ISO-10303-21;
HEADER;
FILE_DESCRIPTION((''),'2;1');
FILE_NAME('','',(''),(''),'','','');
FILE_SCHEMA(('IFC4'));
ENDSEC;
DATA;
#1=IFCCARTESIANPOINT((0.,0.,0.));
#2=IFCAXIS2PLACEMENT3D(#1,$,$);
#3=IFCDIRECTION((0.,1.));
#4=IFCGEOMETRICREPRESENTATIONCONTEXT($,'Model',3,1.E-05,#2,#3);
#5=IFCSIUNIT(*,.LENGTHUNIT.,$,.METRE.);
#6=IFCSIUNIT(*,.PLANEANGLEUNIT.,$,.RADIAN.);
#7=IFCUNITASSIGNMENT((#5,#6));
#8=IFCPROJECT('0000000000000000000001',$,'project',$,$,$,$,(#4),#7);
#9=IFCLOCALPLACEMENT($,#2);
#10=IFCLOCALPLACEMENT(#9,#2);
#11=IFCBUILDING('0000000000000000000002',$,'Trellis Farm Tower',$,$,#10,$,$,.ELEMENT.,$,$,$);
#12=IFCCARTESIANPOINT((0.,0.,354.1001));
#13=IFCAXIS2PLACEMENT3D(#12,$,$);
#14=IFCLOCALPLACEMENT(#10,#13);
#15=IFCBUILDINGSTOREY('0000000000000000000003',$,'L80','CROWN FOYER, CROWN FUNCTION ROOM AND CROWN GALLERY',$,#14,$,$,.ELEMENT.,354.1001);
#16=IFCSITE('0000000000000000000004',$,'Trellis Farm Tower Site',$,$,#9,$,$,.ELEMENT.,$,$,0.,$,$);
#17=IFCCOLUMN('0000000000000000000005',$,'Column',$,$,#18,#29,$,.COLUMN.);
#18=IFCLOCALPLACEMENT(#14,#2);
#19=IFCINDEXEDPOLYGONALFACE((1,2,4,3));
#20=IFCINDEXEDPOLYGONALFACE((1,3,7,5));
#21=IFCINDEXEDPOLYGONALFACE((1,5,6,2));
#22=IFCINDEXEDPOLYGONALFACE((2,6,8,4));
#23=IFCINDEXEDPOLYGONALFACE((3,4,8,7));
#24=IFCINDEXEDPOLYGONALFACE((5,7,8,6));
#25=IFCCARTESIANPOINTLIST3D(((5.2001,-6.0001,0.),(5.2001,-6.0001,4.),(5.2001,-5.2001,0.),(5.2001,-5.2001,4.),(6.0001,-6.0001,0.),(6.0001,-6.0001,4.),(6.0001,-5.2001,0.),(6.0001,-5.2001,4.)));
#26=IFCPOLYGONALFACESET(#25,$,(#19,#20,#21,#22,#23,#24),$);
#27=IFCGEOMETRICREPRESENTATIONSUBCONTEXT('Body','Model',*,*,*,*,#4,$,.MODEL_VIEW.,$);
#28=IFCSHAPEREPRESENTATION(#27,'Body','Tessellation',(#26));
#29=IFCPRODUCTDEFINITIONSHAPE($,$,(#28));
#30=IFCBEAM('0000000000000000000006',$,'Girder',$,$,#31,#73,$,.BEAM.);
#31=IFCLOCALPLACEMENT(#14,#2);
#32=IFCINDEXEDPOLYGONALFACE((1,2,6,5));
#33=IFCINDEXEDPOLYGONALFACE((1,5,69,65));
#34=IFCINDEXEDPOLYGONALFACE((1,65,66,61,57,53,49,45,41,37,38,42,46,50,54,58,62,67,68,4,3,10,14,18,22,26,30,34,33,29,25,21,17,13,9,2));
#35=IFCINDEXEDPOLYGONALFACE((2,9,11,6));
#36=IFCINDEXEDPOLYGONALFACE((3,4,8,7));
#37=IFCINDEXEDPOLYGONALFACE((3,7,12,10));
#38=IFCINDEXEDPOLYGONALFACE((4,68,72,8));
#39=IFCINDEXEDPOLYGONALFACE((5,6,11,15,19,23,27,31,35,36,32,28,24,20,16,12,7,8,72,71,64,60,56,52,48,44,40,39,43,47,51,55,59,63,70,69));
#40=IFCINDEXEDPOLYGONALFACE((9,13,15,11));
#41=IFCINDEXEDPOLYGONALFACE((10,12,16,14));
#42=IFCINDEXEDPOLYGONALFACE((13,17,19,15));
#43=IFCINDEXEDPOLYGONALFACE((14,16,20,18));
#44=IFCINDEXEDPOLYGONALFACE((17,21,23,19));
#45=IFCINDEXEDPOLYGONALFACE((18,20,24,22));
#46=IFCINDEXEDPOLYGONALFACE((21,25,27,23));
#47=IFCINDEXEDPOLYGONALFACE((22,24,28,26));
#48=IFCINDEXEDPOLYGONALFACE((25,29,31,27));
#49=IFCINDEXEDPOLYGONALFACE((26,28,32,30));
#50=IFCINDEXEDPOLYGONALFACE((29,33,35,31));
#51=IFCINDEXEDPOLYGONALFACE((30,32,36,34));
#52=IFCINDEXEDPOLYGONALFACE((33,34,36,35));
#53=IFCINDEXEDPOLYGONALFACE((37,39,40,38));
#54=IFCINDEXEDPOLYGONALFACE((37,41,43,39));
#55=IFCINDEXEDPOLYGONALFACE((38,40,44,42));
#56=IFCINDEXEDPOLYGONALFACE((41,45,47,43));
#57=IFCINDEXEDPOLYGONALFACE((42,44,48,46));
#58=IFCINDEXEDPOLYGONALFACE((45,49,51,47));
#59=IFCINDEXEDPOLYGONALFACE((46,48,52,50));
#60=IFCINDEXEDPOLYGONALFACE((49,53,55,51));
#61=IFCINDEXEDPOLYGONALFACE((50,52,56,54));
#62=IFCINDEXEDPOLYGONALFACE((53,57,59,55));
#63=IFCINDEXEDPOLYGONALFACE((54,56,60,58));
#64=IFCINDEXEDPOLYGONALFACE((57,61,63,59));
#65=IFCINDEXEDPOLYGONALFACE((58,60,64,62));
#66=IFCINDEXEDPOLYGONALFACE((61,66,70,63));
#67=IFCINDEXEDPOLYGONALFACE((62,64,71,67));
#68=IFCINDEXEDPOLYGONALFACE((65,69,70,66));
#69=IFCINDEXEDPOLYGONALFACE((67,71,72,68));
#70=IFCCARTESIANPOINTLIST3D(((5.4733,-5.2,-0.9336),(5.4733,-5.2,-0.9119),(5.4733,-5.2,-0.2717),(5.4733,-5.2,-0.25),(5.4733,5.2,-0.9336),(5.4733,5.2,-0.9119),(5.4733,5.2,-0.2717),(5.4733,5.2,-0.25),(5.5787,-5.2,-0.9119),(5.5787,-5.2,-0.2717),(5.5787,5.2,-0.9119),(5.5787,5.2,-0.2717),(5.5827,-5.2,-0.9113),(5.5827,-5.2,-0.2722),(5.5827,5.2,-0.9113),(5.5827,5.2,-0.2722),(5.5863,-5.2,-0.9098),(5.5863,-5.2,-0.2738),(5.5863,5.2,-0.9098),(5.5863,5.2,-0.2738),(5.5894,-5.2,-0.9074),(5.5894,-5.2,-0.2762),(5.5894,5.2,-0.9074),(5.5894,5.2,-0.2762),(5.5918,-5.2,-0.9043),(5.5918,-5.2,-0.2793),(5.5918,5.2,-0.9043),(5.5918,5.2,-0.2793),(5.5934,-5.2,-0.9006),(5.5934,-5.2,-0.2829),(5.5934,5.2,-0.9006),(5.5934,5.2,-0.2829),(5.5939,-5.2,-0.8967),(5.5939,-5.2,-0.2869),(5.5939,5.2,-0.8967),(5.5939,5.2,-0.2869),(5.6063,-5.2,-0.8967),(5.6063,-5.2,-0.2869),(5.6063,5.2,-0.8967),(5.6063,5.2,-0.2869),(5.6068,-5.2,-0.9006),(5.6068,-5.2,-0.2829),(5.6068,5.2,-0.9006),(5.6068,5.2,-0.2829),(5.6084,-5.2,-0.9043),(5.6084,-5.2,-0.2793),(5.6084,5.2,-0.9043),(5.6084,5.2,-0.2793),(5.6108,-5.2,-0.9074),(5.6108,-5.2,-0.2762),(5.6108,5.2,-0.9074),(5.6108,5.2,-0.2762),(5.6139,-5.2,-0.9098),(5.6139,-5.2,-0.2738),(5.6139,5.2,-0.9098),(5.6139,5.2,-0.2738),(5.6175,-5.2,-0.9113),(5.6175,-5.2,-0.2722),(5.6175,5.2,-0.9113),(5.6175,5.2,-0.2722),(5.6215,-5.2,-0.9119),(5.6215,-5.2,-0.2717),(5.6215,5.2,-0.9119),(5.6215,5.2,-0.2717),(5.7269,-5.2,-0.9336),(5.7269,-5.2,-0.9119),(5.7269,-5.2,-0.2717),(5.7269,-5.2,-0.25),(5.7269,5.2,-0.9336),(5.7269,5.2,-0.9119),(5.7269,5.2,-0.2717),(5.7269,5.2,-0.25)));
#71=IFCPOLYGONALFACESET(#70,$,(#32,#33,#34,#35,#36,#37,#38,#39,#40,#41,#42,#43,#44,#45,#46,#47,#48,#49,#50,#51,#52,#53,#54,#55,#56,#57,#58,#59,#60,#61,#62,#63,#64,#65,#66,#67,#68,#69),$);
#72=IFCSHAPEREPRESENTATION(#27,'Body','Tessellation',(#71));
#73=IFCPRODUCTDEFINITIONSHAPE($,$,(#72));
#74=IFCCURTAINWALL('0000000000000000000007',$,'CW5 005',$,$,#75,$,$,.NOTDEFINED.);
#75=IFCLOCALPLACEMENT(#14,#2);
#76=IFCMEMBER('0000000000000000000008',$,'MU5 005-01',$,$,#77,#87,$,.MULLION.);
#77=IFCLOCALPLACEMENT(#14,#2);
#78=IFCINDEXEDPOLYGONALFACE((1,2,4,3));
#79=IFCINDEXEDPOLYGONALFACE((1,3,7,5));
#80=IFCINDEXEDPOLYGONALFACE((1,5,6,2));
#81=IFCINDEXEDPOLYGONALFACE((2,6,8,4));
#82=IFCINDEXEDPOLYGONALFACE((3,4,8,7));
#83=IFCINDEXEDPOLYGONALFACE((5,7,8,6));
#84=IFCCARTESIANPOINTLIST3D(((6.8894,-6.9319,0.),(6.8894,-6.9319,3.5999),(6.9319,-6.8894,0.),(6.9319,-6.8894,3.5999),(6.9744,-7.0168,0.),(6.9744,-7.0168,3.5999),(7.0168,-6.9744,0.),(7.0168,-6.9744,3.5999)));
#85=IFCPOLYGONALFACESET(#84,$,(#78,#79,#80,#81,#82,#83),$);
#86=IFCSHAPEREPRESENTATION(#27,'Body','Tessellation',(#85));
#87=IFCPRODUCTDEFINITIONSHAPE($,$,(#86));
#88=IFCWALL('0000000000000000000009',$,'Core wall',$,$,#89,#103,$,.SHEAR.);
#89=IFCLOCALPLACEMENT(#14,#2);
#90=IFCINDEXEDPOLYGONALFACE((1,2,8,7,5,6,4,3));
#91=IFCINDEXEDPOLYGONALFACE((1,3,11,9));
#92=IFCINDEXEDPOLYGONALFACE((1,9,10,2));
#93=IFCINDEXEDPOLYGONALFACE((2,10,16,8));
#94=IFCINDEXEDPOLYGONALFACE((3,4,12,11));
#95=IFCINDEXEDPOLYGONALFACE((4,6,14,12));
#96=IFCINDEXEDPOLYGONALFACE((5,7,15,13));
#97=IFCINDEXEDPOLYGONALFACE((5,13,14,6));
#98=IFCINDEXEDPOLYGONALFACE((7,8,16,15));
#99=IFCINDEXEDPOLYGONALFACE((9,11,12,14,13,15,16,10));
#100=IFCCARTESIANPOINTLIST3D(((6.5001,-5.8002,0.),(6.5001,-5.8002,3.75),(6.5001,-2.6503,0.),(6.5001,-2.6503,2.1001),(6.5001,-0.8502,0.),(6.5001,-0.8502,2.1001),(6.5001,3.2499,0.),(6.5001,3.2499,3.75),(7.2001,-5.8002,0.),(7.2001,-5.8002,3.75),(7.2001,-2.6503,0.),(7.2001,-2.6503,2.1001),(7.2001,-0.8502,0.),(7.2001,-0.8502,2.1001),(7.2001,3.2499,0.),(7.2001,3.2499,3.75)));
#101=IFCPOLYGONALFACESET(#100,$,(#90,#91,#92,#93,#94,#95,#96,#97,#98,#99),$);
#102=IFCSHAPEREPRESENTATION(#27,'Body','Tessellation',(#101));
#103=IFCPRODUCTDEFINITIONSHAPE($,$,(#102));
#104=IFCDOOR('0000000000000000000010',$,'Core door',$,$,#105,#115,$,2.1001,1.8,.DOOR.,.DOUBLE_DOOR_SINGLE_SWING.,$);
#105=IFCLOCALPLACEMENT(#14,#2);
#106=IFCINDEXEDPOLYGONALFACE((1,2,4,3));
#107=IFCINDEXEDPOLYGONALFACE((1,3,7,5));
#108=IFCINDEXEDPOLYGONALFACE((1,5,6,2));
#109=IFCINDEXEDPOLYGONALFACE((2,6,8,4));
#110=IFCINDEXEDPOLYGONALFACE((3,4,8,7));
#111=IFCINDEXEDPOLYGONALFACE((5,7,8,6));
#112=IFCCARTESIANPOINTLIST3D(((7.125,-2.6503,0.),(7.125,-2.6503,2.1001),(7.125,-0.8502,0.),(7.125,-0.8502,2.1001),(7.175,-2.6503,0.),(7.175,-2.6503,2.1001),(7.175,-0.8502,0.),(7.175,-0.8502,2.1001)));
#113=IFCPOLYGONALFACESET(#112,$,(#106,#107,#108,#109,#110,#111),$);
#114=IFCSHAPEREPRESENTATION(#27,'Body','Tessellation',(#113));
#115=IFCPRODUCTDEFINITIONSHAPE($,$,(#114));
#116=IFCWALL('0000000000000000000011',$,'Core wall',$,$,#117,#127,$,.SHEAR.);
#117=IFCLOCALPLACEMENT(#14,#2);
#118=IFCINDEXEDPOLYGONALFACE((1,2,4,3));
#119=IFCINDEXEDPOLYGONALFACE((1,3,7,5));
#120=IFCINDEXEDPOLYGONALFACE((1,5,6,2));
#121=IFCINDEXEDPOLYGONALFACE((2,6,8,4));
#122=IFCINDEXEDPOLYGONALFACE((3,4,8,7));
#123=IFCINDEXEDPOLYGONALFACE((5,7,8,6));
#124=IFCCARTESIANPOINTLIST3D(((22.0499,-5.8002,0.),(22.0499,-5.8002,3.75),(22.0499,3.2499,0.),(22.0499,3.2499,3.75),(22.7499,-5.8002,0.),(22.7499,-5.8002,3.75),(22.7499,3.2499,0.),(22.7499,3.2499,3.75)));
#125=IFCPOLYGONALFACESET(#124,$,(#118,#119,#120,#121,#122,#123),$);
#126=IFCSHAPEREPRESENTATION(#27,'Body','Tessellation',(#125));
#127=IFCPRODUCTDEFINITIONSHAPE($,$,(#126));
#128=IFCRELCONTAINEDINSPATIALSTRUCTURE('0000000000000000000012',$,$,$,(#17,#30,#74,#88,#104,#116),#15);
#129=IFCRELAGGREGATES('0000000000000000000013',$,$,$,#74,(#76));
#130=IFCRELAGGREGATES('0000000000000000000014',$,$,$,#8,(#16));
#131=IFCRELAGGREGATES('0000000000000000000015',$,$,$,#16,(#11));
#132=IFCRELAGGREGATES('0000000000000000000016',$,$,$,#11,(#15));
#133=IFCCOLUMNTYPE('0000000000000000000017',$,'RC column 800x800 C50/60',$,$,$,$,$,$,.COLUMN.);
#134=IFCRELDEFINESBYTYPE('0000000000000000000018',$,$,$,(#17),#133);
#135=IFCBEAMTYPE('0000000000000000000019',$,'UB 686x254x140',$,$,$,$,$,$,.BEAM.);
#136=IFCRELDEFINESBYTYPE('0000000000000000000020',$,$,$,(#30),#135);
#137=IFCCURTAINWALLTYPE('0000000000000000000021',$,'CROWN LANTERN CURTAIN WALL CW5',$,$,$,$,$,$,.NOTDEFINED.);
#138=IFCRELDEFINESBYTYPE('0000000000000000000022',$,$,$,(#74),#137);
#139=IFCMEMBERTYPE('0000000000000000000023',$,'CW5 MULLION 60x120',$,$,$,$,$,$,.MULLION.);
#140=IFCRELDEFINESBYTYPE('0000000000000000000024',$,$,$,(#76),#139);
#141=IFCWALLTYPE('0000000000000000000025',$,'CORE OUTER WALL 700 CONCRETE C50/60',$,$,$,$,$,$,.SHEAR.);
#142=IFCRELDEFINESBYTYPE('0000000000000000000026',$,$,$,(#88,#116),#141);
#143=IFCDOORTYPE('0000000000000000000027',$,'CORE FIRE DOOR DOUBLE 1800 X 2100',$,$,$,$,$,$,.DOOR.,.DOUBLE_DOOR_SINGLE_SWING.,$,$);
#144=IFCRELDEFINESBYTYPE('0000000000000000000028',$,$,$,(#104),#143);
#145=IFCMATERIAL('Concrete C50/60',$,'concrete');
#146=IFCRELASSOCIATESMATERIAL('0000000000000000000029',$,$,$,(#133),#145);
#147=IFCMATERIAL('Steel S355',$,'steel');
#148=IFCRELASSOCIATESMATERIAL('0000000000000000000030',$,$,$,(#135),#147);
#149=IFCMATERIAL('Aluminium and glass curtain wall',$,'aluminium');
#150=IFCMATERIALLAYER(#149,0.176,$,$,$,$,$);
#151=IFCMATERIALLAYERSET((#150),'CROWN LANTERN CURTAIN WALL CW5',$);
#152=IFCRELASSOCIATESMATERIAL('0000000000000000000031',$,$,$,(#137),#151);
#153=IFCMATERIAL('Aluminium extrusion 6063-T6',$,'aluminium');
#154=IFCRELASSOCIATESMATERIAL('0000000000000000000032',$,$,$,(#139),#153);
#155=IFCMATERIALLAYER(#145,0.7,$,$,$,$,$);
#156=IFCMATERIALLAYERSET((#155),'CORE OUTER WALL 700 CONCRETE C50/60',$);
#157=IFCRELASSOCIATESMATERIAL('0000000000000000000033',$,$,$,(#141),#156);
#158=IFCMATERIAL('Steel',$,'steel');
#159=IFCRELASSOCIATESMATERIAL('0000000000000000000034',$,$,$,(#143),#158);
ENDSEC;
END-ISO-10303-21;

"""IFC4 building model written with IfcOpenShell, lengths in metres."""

from ifc_helpers import new_model, si_unit, direction, frame, frame_2d, origin, origin_2d, place, context, subcontext, project, spatial, rectangle, i_section, extrude, source, transform, mapped, material, layer, layer_set, material_profile, profile_set, type_object, element, fill, aggregate, save


model = new_model("IFC4")

# Units and contexts
model_context = context("Model", 3, precision=1e-05, world=origin(), true_north=direction((0.0, 1.0)))
body_context = subcontext(model_context, "Body", "Model", "MODEL_VIEW")
ifc_project = project(units=[si_unit("LENGTHUNIT", "METRE"), si_unit("PLANEANGLEUNIT", "RADIAN")], contexts=[model_context])

# Site, building, storey
site_placement = place(None, origin())
site = spatial("IfcSite", under=ifc_project, at=site_placement, Name="Trellis Farm Tower Site", CompositionType="ELEMENT", RefElevation=0.0)
building_placement = place(site_placement, origin())
building = spatial("IfcBuilding", under=site, at=building_placement, Name="Trellis Farm Tower", CompositionType="ELEMENT")
storey_placement = place(building_placement, frame((0.0, 0.0, 354.1001)))
storey = spatial("IfcBuildingStorey", under=building, at=storey_placement, Name="L80", Description="CROWN FOYER, CROWN FUNCTION ROOM AND CROWN GALLERY", CompositionType="ELEMENT", Elevation=354.1001)

# Column
ifc_material_1 = material(Name="Concrete C50/60", Category="concrete")
ifc_material_profile_1 = material_profile(ifc_material_1, rectangle(XDim=0.8, YDim=0.8, at=origin_2d()), Name="RC column 800x800 C50/60")
ifc_profile_set_1 = profile_set([ifc_material_profile_1], Name="Concrete C50/60")
column_type = type_object("IfcColumnType", Name="RC column 800x800 C50/60", PredefinedType="COLUMN", material=ifc_profile_set_1)
shared_shape_1 = source(origin(), body_context, "Body", "SweptSolid", [
    extrude(rectangle(XDim=0.8, YDim=0.8, at=origin_2d()), origin(), (0.0, 0.0, 1.0), 4.0),
])
column_placement = place(storey_placement, frame((5.6001, -5.6001, 0.0), z_axis=(0.0, 0.0, 1.0), x_axis=(1.0, 0.0, 0.0)))
element("IfcColumn", 1, at=column_placement, inside=storey, type_object=column_type, Name="Column", PredefinedType="COLUMN", context=body_context, shape_type="MappedRepresentation", body=[
    mapped(shared_shape_1, transform((0.0, 0.0, 0.0))),
])

# Beam
ifc_material_2 = material(Name="Steel S355", Category="steel")
ifc_material_profile_2 = material_profile(ifc_material_2, i_section(OverallWidth=0.2537, OverallDepth=0.6836, WebThickness=0.0125, FlangeThickness=0.0217, FilletRadius=0.0151, at=origin_2d()), Name="UB 686x254x140")
ifc_profile_set_2 = profile_set([ifc_material_profile_2], Name="Steel S355")
beam_type = type_object("IfcBeamType", Name="UB 686x254x140", PredefinedType="BEAM", material=ifc_profile_set_2)
shared_shape_2 = source(origin(), body_context, "Body", "SweptSolid", [
    extrude(i_section(OverallWidth=0.2537, OverallDepth=0.6836, WebThickness=0.0125, FlangeThickness=0.0217, FilletRadius=0.0151, at=origin_2d()), origin(), (0.0, 0.0, 1.0), 10.3999),
])
beam_placement = place(storey_placement, frame((5.6001, -5.2, -0.5918), z_axis=(0.0, 1.0, 0.0), x_axis=(-1.0, 0.0, 0.0)))
element("IfcBeam", 2, at=beam_placement, inside=storey, type_object=beam_type, Name="Girder", PredefinedType="BEAM", context=body_context, shape_type="MappedRepresentation", body=[
    mapped(shared_shape_2, transform((0.0, 0.0, 0.0))),
])

# Curtain wall, member
ifc_material_3 = material(Name="Aluminium and glass curtain wall", Category="aluminium")
ifc_layer_1 = layer(ifc_material_3, 0.176)
ifc_layer_set_1 = layer_set([ifc_layer_1], Name="CROWN LANTERN CURTAIN WALL CW5")
curtain_wall_type = type_object("IfcCurtainWallType", Name="CROWN LANTERN CURTAIN WALL CW5", PredefinedType="NOTDEFINED", material=ifc_layer_set_1)
placement = place(storey_placement, origin())
curtain_wall = element("IfcCurtainWall", 3, at=placement, inside=storey, type_object=curtain_wall_type, Name="CW5 005", PredefinedType="NOTDEFINED")
ifc_material_4 = material(Name="Aluminium extrusion 6063-T6", Category="aluminium")
ifc_material_profile_3 = material_profile(ifc_material_4, rectangle(XDim=0.0601, YDim=0.1201, at=origin_2d()), Name="MULLION 60x120")
ifc_profile_set_3 = profile_set([ifc_material_profile_3], Name="Aluminium extrusion 6063-T6")
member_type = type_object("IfcMemberType", Name="CW5 MULLION 60x120", PredefinedType="MULLION", material=ifc_profile_set_3)
shared_shape_3 = source(origin(), body_context, "Body", "SweptSolid", [
    extrude(rectangle(XDim=0.0601, YDim=0.1201, at=origin_2d()), origin(), (0.0, 0.0, 1.0), 3.5999),
])
member_placement = place(storey_placement, frame((6.9531, -6.9531, 0.0), z_axis=(0.0, 0.0, 1.0), x_axis=(0.707107, 0.707107, 0.0)))
member = element("IfcMember", 4, at=member_placement, type_object=member_type, Name="MU5 005-01", PredefinedType="MULLION", context=body_context, shape_type="MappedRepresentation", body=[
    mapped(shared_shape_3, transform((0.0, 0.0, 0.0))),
])
aggregate(curtain_wall, [member])

# Wall, opening, door
ifc_layer_2 = layer(ifc_material_1, 0.7)
ifc_layer_set_2 = layer_set([ifc_layer_2], Name="CORE OUTER WALL 700 CONCRETE C50/60")
wall_type_1 = type_object("IfcWallType", Name="CORE OUTER WALL 700 CONCRETE C50/60", PredefinedType="SHEAR", material=ifc_layer_set_2)
shared_shape_4 = source(origin(), body_context, "Body", "SweptSolid", [
    extrude(rectangle(XDim=9.05, YDim=0.7, at=frame_2d((4.5249, 0.0))), origin(), (0.0, 0.0, 1.0), 3.75),
])
wall_1_placement = place(storey_placement, frame((6.8501, -5.8, 0.0), z_axis=(0.0, 0.0, 1.0), x_axis=(0.0, 1.0, 0.0)))
wall_1 = element("IfcWall", 5, at=wall_1_placement, inside=storey, type_object=wall_type_1, Name="Core wall", PredefinedType="SHEAR", context=body_context, shape_type="MappedRepresentation", body=[
    mapped(shared_shape_4, transform((0.0, 0.0, 0.0))),
])
shared_shape_5 = source(origin(), body_context, "Body", "SweptSolid", [
    extrude(rectangle(XDim=1.8, YDim=2.1001, at=frame_2d((0.8999, 1.05))), frame((0.0, 0.3601, 0.0), z_axis=(0.0, -1.0, 0.0), x_axis=(1.0, 0.0, 0.0)), (0.0, 0.0, 1.0), 0.7202),
])
opening_1_placement = place(wall_1_placement, frame((3.1499, 0.0, 0.0)))
opening_1 = element("IfcOpeningElement", 6, at=opening_1_placement, cuts=wall_1, PredefinedType="OPENING", context=body_context, shape_type="MappedRepresentation", body=[
    mapped(shared_shape_5, transform((0.0, 0.0, 0.0))),
])
ifc_material_5 = material(Name="Steel", Category="steel")
door_type_1 = type_object("IfcDoorType", Name="CORE FIRE DOOR DOUBLE 1800 X 2100", OperationType="DOUBLE_DOOR_SINGLE_SWING", PredefinedType="DOOR", material=ifc_material_5)
shared_shape_6 = source(origin(), body_context, "Body", "SweptSolid", [
    extrude(rectangle(XDim=1.8, YDim=2.1001, at=frame_2d((0.8999, 1.05))), frame((0.0, -0.2749, 0.0), z_axis=(0.0, -1.0, 0.0), x_axis=(1.0, 0.0, 0.0)), (0.0, 0.0, 1.0), 0.05),
])
door_1_placement = place(opening_1_placement, origin())
door_1 = element("IfcDoor", 7, at=door_1_placement, inside=storey, type_object=door_type_1, Name="Core door", OperationType="DOUBLE_DOOR_SINGLE_SWING", OverallHeight=2.1001, OverallWidth=1.8, PredefinedType="DOOR", context=body_context, shape_type="MappedRepresentation", body=[
    mapped(shared_shape_6, transform((0.0, 0.0, 0.0))),
])
fill(opening_1, door_1)

# Wall
wall_2_placement = place(storey_placement, frame((22.3999, -5.8, 0.0), z_axis=(0.0, 0.0, 1.0), x_axis=(0.0, 1.0, 0.0)))
element("IfcWall", 8, at=wall_2_placement, inside=storey, type_object=wall_type_1, Name="Core wall", PredefinedType="SHEAR", context=body_context, shape_type="MappedRepresentation", body=[
    mapped(shared_shape_4, transform((0.0, 0.0, 0.0))),
])

save(model, "model.ifc")
